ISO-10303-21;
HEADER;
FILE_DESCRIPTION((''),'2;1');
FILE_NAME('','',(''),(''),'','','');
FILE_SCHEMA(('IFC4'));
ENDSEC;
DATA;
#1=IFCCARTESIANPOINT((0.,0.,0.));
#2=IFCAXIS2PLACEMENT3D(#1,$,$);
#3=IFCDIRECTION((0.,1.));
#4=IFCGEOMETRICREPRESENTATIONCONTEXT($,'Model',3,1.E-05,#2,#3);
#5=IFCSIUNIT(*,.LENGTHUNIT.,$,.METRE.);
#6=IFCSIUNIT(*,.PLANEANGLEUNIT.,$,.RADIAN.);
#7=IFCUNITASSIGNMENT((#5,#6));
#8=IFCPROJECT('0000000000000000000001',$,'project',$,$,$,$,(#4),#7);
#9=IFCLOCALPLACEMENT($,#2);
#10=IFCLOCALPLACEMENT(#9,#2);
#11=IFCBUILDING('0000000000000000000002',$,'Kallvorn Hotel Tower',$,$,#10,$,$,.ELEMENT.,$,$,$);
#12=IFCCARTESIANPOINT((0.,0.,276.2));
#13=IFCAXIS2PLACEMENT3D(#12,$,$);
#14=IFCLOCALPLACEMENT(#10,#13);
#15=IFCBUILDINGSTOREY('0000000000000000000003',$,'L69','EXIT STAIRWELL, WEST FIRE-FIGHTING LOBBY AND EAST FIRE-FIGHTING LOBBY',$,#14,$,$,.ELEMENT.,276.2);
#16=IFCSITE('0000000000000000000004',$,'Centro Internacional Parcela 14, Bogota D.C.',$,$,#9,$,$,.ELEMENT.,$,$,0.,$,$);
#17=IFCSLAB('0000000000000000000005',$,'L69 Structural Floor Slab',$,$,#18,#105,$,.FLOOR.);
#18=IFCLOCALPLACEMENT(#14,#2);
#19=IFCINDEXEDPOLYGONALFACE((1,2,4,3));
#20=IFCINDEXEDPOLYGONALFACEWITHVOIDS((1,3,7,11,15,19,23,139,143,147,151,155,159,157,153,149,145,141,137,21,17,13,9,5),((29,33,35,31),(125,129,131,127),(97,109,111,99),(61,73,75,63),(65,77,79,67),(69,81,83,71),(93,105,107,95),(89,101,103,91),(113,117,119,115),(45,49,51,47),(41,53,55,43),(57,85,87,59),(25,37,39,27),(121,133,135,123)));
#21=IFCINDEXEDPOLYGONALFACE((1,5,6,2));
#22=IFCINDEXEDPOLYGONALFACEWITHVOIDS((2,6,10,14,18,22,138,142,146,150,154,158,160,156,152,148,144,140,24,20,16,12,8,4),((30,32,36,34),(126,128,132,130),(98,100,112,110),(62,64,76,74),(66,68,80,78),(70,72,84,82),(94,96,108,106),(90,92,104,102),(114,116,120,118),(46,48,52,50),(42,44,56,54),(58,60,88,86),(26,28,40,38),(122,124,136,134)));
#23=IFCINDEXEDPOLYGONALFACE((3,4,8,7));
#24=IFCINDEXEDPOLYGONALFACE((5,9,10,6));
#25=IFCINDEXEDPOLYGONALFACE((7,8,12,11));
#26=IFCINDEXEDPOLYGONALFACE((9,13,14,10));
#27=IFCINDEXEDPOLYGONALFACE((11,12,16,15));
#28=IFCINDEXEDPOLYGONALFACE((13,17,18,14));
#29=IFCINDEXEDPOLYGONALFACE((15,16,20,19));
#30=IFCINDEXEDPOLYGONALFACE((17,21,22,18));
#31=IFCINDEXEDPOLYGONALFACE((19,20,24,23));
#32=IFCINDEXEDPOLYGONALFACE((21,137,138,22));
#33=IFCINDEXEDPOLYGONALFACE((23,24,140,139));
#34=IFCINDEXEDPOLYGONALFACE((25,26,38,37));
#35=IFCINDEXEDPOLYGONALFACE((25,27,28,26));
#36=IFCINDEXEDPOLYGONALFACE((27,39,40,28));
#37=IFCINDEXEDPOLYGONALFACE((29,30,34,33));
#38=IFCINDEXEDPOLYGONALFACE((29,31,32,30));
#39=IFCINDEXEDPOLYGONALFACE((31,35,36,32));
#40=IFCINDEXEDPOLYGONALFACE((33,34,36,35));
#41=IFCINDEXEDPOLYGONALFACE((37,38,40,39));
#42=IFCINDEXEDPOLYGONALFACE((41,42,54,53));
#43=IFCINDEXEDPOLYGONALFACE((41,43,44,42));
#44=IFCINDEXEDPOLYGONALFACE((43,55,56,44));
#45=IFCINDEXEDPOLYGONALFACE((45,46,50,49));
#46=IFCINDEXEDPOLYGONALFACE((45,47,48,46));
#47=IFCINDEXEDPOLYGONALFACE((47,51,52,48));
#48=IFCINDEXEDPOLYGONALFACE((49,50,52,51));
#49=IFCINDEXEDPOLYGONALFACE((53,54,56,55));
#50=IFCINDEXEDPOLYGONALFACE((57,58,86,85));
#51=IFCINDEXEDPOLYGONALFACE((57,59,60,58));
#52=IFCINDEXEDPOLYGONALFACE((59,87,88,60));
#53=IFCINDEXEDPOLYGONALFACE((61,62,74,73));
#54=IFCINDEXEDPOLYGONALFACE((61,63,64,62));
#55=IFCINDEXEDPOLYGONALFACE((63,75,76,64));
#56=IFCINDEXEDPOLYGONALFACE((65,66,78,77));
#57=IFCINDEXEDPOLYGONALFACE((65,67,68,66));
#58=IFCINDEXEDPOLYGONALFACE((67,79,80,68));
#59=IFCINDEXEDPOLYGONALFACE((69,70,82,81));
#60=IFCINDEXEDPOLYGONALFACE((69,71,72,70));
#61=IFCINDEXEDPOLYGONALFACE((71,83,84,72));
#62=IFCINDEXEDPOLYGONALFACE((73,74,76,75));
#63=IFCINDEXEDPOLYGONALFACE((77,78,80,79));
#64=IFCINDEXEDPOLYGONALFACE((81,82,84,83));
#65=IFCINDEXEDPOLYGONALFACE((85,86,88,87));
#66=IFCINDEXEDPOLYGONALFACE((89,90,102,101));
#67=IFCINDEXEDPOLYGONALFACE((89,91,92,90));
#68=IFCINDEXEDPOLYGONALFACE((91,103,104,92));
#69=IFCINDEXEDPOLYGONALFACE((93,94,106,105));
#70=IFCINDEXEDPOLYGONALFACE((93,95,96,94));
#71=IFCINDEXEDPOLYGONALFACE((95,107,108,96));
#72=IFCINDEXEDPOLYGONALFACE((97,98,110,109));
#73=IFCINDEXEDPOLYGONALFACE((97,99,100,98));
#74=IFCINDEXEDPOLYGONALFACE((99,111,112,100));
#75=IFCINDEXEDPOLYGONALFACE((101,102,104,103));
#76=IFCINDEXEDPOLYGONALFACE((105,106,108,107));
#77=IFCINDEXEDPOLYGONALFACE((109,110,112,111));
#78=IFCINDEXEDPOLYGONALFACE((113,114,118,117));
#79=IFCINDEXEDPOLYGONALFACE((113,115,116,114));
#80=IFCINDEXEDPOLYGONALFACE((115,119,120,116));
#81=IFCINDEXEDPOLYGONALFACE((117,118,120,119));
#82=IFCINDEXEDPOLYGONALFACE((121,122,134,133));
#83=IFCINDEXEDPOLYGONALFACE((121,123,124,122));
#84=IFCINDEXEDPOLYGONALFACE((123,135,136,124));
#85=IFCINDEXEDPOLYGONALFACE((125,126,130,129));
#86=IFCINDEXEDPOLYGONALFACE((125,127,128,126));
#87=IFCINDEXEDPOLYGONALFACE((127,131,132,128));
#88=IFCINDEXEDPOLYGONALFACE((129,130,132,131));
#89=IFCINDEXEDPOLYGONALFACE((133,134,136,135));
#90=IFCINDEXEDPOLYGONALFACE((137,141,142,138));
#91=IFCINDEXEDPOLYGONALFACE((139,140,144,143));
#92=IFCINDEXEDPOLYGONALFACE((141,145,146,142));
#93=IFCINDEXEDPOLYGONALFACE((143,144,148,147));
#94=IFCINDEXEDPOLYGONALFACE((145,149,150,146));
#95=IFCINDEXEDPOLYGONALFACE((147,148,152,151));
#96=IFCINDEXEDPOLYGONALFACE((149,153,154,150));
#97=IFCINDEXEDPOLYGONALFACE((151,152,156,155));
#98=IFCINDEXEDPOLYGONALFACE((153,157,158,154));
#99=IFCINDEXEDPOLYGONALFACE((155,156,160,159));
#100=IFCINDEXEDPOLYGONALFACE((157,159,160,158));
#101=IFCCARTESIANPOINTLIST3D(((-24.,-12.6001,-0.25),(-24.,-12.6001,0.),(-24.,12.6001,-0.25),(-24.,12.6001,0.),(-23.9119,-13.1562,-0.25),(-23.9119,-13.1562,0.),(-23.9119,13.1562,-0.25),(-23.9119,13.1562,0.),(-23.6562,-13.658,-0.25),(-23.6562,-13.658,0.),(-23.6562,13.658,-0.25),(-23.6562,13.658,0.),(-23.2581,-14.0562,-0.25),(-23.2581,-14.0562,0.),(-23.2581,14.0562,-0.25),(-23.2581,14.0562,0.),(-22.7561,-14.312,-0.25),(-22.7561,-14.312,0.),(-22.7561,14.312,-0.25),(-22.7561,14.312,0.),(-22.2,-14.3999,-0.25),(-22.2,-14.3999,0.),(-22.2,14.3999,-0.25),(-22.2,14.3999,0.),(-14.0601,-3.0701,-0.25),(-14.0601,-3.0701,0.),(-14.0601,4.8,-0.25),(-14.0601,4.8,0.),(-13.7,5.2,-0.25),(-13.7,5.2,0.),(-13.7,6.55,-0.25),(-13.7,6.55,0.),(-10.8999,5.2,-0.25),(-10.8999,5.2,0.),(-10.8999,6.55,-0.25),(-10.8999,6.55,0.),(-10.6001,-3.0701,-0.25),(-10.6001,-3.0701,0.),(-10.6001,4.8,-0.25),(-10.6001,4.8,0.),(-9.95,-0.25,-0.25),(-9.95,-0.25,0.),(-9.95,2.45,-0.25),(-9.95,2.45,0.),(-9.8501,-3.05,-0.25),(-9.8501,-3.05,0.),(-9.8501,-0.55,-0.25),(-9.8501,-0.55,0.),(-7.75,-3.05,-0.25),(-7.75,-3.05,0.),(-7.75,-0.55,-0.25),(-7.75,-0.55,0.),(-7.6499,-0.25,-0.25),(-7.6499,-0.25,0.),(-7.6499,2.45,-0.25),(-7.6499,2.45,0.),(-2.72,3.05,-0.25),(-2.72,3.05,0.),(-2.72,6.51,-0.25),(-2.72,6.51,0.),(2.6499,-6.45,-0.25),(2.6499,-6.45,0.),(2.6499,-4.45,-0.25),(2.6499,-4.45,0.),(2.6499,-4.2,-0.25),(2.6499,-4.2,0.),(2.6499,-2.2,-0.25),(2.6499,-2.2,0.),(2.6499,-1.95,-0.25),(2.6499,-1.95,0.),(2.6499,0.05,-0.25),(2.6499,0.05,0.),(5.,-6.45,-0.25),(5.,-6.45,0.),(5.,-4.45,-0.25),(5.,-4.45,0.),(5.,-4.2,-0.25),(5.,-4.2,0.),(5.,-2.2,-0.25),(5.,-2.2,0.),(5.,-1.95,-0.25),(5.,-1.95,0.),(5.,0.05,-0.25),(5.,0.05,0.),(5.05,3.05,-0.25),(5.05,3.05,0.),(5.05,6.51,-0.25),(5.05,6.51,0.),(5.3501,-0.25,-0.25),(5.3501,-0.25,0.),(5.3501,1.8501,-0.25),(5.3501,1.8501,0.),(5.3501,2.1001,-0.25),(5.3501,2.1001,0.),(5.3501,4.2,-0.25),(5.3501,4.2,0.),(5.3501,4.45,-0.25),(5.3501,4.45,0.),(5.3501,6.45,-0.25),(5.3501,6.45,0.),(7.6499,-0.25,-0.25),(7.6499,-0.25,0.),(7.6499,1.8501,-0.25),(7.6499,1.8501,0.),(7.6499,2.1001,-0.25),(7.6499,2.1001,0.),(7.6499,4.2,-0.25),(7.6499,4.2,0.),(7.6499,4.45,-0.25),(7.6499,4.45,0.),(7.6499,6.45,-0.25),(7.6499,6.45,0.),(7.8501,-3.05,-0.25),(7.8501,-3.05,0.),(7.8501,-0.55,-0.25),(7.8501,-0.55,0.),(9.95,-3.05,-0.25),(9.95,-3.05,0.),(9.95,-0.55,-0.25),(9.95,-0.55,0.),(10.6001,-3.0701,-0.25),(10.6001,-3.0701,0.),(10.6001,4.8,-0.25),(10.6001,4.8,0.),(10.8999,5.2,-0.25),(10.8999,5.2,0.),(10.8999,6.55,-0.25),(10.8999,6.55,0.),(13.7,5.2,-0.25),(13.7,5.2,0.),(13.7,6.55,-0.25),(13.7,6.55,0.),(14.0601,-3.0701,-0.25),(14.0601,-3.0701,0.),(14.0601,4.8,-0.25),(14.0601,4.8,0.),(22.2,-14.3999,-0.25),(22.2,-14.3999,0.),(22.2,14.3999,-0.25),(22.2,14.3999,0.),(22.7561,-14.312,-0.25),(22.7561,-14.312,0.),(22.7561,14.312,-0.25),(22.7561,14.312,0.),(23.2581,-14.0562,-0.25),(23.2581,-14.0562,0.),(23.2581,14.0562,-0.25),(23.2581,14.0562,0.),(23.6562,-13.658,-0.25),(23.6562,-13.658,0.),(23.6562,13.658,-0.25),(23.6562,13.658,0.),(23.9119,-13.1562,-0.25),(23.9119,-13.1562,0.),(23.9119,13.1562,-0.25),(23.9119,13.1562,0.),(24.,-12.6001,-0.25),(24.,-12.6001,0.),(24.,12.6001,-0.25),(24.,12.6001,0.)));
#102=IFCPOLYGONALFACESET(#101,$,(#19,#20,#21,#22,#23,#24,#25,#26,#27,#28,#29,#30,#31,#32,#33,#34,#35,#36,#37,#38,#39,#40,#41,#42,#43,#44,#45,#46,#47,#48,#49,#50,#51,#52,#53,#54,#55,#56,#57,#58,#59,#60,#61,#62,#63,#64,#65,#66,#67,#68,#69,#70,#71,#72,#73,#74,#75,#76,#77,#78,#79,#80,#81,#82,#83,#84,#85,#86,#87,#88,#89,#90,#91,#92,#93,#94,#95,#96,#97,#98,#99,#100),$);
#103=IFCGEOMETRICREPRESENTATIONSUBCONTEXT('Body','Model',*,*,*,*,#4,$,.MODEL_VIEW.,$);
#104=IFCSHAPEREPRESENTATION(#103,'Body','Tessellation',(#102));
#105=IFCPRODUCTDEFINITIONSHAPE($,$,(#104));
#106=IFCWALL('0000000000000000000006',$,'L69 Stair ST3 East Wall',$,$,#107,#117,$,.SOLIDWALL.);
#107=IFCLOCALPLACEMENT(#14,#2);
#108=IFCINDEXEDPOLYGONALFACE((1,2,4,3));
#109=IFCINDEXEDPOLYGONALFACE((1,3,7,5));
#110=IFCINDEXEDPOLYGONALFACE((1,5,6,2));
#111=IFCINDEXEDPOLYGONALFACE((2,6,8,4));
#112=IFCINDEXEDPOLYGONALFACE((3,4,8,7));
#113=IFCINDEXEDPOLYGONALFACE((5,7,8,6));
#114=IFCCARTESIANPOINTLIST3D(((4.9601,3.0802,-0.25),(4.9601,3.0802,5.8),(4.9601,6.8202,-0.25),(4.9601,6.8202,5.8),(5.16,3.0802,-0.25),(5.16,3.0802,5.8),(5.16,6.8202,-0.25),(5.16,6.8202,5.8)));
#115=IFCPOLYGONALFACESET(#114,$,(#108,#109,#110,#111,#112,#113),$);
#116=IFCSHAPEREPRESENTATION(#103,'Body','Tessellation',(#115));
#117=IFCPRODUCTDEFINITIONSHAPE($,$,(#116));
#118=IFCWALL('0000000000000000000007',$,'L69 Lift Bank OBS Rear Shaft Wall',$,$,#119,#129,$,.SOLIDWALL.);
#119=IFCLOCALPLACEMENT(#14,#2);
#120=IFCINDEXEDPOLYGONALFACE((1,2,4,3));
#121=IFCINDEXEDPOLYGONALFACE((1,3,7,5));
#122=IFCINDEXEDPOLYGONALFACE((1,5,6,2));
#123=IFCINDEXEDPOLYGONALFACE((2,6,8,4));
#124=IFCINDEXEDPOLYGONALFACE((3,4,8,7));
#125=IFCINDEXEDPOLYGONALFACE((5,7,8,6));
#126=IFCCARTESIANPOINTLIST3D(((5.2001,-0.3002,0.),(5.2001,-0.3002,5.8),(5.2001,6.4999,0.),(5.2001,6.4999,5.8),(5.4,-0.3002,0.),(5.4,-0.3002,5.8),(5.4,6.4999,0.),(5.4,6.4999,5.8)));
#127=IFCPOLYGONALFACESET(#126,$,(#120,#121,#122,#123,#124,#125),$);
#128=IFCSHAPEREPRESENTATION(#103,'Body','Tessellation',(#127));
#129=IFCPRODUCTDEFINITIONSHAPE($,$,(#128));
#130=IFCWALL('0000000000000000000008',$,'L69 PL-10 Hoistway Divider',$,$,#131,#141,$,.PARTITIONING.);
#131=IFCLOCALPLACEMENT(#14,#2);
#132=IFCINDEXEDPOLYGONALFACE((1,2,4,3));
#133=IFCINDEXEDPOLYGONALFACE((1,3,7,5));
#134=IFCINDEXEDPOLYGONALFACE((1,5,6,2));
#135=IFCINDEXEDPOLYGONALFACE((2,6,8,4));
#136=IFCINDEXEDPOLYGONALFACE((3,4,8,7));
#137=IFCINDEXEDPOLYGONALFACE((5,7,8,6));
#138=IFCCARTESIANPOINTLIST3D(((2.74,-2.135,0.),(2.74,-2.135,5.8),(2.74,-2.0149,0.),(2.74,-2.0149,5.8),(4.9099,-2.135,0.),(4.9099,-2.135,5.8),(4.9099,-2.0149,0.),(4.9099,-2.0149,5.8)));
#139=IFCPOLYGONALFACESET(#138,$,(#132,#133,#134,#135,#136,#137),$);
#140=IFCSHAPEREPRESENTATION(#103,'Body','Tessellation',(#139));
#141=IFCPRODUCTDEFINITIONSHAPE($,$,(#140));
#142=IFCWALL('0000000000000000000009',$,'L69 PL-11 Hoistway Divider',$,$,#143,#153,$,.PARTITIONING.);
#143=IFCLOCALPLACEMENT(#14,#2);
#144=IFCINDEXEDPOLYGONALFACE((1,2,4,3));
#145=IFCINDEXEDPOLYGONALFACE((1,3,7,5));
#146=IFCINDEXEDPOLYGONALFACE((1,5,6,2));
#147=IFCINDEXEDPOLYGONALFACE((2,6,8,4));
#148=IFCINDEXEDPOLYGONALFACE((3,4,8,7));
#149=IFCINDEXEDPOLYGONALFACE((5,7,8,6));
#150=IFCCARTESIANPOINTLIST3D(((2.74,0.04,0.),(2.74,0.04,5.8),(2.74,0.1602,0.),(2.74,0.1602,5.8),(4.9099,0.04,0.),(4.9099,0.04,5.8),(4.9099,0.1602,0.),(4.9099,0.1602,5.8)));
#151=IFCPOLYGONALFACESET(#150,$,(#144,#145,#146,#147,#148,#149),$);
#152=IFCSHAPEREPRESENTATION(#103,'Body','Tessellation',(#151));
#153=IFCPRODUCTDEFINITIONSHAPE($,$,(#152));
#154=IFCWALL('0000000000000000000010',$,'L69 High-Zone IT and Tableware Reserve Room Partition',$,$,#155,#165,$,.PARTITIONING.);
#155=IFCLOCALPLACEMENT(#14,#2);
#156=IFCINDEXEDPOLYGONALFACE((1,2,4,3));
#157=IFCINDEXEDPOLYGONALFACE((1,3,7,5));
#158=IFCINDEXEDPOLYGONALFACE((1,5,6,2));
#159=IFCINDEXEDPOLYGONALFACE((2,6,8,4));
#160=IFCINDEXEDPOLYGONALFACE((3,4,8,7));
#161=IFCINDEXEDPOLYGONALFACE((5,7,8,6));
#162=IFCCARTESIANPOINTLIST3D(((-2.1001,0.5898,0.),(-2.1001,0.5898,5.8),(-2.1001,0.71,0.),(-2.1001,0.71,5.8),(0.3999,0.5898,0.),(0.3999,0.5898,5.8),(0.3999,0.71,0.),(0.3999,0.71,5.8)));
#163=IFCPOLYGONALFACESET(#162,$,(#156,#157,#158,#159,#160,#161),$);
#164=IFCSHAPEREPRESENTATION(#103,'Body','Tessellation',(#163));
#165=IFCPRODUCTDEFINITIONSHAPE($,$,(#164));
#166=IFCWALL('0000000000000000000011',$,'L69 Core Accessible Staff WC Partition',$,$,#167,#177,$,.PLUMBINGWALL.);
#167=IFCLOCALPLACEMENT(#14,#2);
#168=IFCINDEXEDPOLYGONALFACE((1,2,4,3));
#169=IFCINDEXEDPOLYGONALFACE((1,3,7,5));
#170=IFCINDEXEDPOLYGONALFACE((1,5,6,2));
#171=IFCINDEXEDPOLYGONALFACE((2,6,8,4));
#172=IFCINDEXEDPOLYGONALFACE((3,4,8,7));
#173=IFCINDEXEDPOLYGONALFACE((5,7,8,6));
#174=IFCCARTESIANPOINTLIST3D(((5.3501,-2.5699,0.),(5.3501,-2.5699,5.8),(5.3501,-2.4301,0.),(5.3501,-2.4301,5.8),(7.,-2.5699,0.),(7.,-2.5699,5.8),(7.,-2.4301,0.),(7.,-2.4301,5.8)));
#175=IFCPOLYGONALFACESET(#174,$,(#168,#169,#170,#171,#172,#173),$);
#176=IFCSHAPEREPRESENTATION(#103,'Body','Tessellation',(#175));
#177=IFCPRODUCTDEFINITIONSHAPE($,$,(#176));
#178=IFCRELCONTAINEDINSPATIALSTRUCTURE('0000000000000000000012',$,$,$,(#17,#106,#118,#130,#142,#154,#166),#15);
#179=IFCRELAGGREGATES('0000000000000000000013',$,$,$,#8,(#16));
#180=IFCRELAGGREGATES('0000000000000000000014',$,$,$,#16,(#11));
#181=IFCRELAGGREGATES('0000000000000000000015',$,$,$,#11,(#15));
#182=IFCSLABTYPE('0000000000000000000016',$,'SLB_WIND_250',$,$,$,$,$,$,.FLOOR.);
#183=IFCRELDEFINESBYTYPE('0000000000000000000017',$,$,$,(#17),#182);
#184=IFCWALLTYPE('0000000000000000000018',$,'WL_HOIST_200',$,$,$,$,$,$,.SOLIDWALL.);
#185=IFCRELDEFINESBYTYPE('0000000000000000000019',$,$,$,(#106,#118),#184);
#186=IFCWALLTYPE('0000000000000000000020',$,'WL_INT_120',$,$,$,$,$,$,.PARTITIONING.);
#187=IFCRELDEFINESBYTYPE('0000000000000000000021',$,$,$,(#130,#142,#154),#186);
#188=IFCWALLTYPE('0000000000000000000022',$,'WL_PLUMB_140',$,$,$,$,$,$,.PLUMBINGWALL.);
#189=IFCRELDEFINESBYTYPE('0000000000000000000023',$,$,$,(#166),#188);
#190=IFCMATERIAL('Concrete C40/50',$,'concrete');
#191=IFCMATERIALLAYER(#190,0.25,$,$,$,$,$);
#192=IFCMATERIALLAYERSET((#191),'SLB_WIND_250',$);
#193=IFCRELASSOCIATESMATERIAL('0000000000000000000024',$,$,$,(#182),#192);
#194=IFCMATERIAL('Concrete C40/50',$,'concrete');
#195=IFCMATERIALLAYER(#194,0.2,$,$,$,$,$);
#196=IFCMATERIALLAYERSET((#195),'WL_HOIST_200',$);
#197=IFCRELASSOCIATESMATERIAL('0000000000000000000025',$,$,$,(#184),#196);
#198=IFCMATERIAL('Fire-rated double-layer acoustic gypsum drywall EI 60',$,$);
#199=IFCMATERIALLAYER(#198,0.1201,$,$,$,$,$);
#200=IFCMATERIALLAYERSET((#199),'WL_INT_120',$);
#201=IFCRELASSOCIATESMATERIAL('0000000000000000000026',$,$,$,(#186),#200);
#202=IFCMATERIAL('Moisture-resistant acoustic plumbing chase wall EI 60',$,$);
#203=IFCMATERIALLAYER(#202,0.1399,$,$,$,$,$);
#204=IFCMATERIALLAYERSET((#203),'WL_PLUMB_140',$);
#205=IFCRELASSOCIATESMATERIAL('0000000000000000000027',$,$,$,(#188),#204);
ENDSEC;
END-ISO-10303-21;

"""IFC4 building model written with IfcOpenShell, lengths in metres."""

from ifc_helpers import new_model, si_unit, direction, frame, frame_2d, origin, place, context, subcontext, project, spatial, polyline, rectangle, outline, extrude, material, layer, layer_set, type_object, element, save


model = new_model("IFC4")

# Units and contexts
model_context = context("Model", 3, precision=1e-05, world=origin(), true_north=direction((0.0, 1.0)))
body_context = subcontext(model_context, "Body", "Model", "MODEL_VIEW")
ifc_project = project(units=[si_unit("LENGTHUNIT", "METRE"), si_unit("PLANEANGLEUNIT", "RADIAN")], contexts=[model_context])

# Site, building, storey
site_placement = place(None, origin())
site = spatial("IfcSite", under=ifc_project, at=site_placement, Name="Centro Internacional Parcela 14, Bogota D.C.", CompositionType="ELEMENT", RefElevation=0.0)
building_placement = place(site_placement, origin())
building = spatial("IfcBuilding", under=site, at=building_placement, Name="Kallvorn Hotel Tower", CompositionType="ELEMENT")
storey_placement = place(building_placement, frame((0.0, 0.0, 276.2)))
storey = spatial("IfcBuildingStorey", under=building, at=storey_placement, Name="L69", Description="EXIT STAIRWELL, WEST FIRE-FIGHTING LOBBY AND EAST FIRE-FIGHTING LOBBY", CompositionType="ELEMENT", Elevation=276.2)

# Slab
ifc_material_1 = material(Name="Concrete C40/50", Category="concrete")
ifc_layer_1 = layer(ifc_material_1, 0.25)
ifc_layer_set_1 = layer_set([ifc_layer_1], Name="SLB_WIND_250")
slab_type_1 = type_object("IfcSlabType", Name="SLB_WIND_250", PredefinedType="FLOOR", material=ifc_layer_set_1)
slab_1_placement = place(storey_placement, frame((0.0, 0.0, -0.25)))
element("IfcSlab", 1, at=slab_1_placement, inside=storey, type_object=slab_type_1, Name="L69 Structural Floor Slab", PredefinedType="FLOOR", context=body_context, shape_type="SweptSolid", body=[
    extrude(outline(polyline([(22.2, -14.3999), (22.7561, -14.312), (23.2581, -14.0562), (23.6562, -13.658), (23.9119, -13.1562), (24.0, -12.6001), (24.0, 12.6001), (23.9119, 13.1562), (23.6562, 13.658), (23.2581, 14.0562), (22.7561, 14.312), (22.2, 14.3999), (-22.2, 14.3999), (-22.7561, 14.312), (-23.2581, 14.0562), (-23.6562, 13.658), (-23.9119, 13.1562), (-24.0, 12.6001), (-24.0, -12.6001), (-23.9119, -13.1562), (-23.6562, -13.658), (-23.2581, -14.0562), (-22.7561, -14.312), (-22.2, -14.3999), (22.2, -14.3999)]), holes=[polyline([(-10.6001, -3.0701), (-10.6001, 4.8), (-14.0601, 4.8), (-14.0601, -3.0701), (-10.6001, -3.0701)]), polyline([(14.0601, -3.0701), (14.0601, 4.8), (10.6001, 4.8), (10.6001, -3.0701), (14.0601, -3.0701)]), polyline([(-2.72, 3.05), (5.05, 3.05), (5.05, 6.51), (-2.72, 6.51), (-2.72, 3.05)]), polyline([(2.6499, -6.45), (5.0, -6.45), (5.0, -4.45), (2.6499, -4.45), (2.6499, -6.45)]), polyline([(2.6499, -4.2), (5.0, -4.2), (5.0, -2.2), (2.6499, -2.2), (2.6499, -4.2)]), polyline([(2.6499, -1.95), (5.0, -1.95), (5.0, 0.05), (2.6499, 0.05), (2.6499, -1.95)]), polyline([(5.3501, -0.25), (7.6499, -0.25), (7.6499, 1.8501), (5.3501, 1.8501), (5.3501, -0.25)]), polyline([(5.3501, 2.1001), (7.6499, 2.1001), (7.6499, 4.2), (5.3501, 4.2), (5.3501, 2.1001)]), polyline([(5.3501, 4.45), (7.6499, 4.45), (7.6499, 6.45), (5.3501, 6.45), (5.3501, 4.45)]), polyline([(-9.8501, -3.05), (-7.75, -3.05), (-7.75, -0.55), (-9.8501, -0.55), (-9.8501, -3.05)]), polyline([(7.8501, -3.05), (9.95, -3.05), (9.95, -0.55), (7.8501, -0.55), (7.8501, -3.05)]), polyline([(-9.95, -0.25), (-7.6499, -0.25), (-7.6499, 2.45), (-9.95, 2.45), (-9.95, -0.25)]), polyline([(-13.7, 5.2), (-10.8999, 5.2), (-10.8999, 6.55), (-13.7, 6.55), (-13.7, 5.2)]), polyline([(10.8999, 5.2), (13.7, 5.2), (13.7, 6.55), (10.8999, 6.55), (10.8999, 5.2)])]), origin(), (0.0, 0.0, 1.0), 0.25),
])

# Walls
ifc_material_2 = material(Name="Concrete C40/50", Category="concrete")
ifc_layer_2 = layer(ifc_material_2, 0.2)
ifc_layer_set_2 = layer_set([ifc_layer_2], Name="WL_HOIST_200")
wall_type_1 = type_object("IfcWallType", Name="WL_HOIST_200", PredefinedType="SOLIDWALL", material=ifc_layer_set_2)
wall_1_placement = place(storey_placement, frame((5.0601, 3.0801, -0.25), z_axis=(0.0, 0.0, 1.0), x_axis=(0.0, 1.0, 0.0)))
element("IfcWall", 2, at=wall_1_placement, inside=storey, type_object=wall_type_1, Name="L69 Stair ST3 East Wall", PredefinedType="SOLIDWALL", context=body_context, shape_type="SweptSolid", body=[
    extrude(rectangle(XDim=3.74, YDim=0.2, at=frame_2d((1.8701, 0.0))), origin(), (0.0, 0.0, 1.0), 6.05),
])
wall_2_placement = place(storey_placement, frame((5.3, -0.3, 0.0), z_axis=(0.0, 0.0, 1.0), x_axis=(0.0, 1.0, 0.0)))
element("IfcWall", 3, at=wall_2_placement, inside=storey, type_object=wall_type_1, Name="L69 Lift Bank OBS Rear Shaft Wall", PredefinedType="SOLIDWALL", context=body_context, shape_type="SweptSolid", body=[
    extrude(rectangle(XDim=6.8, YDim=0.2, at=frame_2d((3.3999, 0.0))), origin(), (0.0, 0.0, 1.0), 5.8),
])
ifc_material_3 = material(Name="Fire-rated double-layer acoustic gypsum drywall EI 60")
ifc_layer_3 = layer(ifc_material_3, 0.1201)
ifc_layer_set_3 = layer_set([ifc_layer_3], Name="WL_INT_120")
wall_type_2 = type_object("IfcWallType", Name="WL_INT_120", PredefinedType="PARTITIONING", material=ifc_layer_set_3)
for number, where, z_axis, x_axis, name in (
    (4, (2.74, -2.075, 0.0), (0.0, 0.0, 1.0), (1.0, 0.0, 0.0), "L69 PL-10 Hoistway Divider"),
    (5, (2.74, 0.1001, 0.0), (0.0, 0.0, 1.0), (1.0, 0.0, 0.0), "L69 PL-11 Hoistway Divider"),
):
    element("IfcWall", number, at=place(storey_placement, frame(where, z_axis=z_axis, x_axis=x_axis)), inside=storey, type_object=wall_type_2, Name=name, PredefinedType="PARTITIONING", context=body_context, shape_type="SweptSolid", body=[
        extrude(rectangle(XDim=2.1699, YDim=0.1201, at=frame_2d((1.085, 0.0))), origin(), (0.0, 0.0, 1.0), 5.8),
    ])
wall_3_placement = place(storey_placement, frame((-2.1001, 0.6499, 0.0), z_axis=(0.0, 0.0, 1.0), x_axis=(1.0, 0.0, 0.0)))
element("IfcWall", 6, at=wall_3_placement, inside=storey, type_object=wall_type_2, Name="L69 High-Zone IT and Tableware Reserve Room Partition", PredefinedType="PARTITIONING", context=body_context, shape_type="SweptSolid", body=[
    extrude(rectangle(XDim=2.5, YDim=0.1201, at=frame_2d((1.25, 0.0))), origin(), (0.0, 0.0, 1.0), 5.8),
])
ifc_material_4 = material(Name="Moisture-resistant acoustic plumbing chase wall EI 60")
ifc_layer_4 = layer(ifc_material_4, 0.1399)
ifc_layer_set_4 = layer_set([ifc_layer_4], Name="WL_PLUMB_140")
wall_type_3 = type_object("IfcWallType", Name="WL_PLUMB_140", PredefinedType="PLUMBINGWALL", material=ifc_layer_set_4)
wall_4_placement = place(storey_placement, frame((5.3501, -2.5, 0.0), z_axis=(0.0, 0.0, 1.0), x_axis=(1.0, 0.0, 0.0)))
element("IfcWall", 7, at=wall_4_placement, inside=storey, type_object=wall_type_3, Name="L69 Core Accessible Staff WC Partition", PredefinedType="PLUMBINGWALL", context=body_context, shape_type="SweptSolid", body=[
    extrude(rectangle(XDim=1.6499, YDim=0.1399, at=frame_2d((0.825, 0.0))), origin(), (0.0, 0.0, 1.0), 5.8),
])

save(model, "model.ifc")
